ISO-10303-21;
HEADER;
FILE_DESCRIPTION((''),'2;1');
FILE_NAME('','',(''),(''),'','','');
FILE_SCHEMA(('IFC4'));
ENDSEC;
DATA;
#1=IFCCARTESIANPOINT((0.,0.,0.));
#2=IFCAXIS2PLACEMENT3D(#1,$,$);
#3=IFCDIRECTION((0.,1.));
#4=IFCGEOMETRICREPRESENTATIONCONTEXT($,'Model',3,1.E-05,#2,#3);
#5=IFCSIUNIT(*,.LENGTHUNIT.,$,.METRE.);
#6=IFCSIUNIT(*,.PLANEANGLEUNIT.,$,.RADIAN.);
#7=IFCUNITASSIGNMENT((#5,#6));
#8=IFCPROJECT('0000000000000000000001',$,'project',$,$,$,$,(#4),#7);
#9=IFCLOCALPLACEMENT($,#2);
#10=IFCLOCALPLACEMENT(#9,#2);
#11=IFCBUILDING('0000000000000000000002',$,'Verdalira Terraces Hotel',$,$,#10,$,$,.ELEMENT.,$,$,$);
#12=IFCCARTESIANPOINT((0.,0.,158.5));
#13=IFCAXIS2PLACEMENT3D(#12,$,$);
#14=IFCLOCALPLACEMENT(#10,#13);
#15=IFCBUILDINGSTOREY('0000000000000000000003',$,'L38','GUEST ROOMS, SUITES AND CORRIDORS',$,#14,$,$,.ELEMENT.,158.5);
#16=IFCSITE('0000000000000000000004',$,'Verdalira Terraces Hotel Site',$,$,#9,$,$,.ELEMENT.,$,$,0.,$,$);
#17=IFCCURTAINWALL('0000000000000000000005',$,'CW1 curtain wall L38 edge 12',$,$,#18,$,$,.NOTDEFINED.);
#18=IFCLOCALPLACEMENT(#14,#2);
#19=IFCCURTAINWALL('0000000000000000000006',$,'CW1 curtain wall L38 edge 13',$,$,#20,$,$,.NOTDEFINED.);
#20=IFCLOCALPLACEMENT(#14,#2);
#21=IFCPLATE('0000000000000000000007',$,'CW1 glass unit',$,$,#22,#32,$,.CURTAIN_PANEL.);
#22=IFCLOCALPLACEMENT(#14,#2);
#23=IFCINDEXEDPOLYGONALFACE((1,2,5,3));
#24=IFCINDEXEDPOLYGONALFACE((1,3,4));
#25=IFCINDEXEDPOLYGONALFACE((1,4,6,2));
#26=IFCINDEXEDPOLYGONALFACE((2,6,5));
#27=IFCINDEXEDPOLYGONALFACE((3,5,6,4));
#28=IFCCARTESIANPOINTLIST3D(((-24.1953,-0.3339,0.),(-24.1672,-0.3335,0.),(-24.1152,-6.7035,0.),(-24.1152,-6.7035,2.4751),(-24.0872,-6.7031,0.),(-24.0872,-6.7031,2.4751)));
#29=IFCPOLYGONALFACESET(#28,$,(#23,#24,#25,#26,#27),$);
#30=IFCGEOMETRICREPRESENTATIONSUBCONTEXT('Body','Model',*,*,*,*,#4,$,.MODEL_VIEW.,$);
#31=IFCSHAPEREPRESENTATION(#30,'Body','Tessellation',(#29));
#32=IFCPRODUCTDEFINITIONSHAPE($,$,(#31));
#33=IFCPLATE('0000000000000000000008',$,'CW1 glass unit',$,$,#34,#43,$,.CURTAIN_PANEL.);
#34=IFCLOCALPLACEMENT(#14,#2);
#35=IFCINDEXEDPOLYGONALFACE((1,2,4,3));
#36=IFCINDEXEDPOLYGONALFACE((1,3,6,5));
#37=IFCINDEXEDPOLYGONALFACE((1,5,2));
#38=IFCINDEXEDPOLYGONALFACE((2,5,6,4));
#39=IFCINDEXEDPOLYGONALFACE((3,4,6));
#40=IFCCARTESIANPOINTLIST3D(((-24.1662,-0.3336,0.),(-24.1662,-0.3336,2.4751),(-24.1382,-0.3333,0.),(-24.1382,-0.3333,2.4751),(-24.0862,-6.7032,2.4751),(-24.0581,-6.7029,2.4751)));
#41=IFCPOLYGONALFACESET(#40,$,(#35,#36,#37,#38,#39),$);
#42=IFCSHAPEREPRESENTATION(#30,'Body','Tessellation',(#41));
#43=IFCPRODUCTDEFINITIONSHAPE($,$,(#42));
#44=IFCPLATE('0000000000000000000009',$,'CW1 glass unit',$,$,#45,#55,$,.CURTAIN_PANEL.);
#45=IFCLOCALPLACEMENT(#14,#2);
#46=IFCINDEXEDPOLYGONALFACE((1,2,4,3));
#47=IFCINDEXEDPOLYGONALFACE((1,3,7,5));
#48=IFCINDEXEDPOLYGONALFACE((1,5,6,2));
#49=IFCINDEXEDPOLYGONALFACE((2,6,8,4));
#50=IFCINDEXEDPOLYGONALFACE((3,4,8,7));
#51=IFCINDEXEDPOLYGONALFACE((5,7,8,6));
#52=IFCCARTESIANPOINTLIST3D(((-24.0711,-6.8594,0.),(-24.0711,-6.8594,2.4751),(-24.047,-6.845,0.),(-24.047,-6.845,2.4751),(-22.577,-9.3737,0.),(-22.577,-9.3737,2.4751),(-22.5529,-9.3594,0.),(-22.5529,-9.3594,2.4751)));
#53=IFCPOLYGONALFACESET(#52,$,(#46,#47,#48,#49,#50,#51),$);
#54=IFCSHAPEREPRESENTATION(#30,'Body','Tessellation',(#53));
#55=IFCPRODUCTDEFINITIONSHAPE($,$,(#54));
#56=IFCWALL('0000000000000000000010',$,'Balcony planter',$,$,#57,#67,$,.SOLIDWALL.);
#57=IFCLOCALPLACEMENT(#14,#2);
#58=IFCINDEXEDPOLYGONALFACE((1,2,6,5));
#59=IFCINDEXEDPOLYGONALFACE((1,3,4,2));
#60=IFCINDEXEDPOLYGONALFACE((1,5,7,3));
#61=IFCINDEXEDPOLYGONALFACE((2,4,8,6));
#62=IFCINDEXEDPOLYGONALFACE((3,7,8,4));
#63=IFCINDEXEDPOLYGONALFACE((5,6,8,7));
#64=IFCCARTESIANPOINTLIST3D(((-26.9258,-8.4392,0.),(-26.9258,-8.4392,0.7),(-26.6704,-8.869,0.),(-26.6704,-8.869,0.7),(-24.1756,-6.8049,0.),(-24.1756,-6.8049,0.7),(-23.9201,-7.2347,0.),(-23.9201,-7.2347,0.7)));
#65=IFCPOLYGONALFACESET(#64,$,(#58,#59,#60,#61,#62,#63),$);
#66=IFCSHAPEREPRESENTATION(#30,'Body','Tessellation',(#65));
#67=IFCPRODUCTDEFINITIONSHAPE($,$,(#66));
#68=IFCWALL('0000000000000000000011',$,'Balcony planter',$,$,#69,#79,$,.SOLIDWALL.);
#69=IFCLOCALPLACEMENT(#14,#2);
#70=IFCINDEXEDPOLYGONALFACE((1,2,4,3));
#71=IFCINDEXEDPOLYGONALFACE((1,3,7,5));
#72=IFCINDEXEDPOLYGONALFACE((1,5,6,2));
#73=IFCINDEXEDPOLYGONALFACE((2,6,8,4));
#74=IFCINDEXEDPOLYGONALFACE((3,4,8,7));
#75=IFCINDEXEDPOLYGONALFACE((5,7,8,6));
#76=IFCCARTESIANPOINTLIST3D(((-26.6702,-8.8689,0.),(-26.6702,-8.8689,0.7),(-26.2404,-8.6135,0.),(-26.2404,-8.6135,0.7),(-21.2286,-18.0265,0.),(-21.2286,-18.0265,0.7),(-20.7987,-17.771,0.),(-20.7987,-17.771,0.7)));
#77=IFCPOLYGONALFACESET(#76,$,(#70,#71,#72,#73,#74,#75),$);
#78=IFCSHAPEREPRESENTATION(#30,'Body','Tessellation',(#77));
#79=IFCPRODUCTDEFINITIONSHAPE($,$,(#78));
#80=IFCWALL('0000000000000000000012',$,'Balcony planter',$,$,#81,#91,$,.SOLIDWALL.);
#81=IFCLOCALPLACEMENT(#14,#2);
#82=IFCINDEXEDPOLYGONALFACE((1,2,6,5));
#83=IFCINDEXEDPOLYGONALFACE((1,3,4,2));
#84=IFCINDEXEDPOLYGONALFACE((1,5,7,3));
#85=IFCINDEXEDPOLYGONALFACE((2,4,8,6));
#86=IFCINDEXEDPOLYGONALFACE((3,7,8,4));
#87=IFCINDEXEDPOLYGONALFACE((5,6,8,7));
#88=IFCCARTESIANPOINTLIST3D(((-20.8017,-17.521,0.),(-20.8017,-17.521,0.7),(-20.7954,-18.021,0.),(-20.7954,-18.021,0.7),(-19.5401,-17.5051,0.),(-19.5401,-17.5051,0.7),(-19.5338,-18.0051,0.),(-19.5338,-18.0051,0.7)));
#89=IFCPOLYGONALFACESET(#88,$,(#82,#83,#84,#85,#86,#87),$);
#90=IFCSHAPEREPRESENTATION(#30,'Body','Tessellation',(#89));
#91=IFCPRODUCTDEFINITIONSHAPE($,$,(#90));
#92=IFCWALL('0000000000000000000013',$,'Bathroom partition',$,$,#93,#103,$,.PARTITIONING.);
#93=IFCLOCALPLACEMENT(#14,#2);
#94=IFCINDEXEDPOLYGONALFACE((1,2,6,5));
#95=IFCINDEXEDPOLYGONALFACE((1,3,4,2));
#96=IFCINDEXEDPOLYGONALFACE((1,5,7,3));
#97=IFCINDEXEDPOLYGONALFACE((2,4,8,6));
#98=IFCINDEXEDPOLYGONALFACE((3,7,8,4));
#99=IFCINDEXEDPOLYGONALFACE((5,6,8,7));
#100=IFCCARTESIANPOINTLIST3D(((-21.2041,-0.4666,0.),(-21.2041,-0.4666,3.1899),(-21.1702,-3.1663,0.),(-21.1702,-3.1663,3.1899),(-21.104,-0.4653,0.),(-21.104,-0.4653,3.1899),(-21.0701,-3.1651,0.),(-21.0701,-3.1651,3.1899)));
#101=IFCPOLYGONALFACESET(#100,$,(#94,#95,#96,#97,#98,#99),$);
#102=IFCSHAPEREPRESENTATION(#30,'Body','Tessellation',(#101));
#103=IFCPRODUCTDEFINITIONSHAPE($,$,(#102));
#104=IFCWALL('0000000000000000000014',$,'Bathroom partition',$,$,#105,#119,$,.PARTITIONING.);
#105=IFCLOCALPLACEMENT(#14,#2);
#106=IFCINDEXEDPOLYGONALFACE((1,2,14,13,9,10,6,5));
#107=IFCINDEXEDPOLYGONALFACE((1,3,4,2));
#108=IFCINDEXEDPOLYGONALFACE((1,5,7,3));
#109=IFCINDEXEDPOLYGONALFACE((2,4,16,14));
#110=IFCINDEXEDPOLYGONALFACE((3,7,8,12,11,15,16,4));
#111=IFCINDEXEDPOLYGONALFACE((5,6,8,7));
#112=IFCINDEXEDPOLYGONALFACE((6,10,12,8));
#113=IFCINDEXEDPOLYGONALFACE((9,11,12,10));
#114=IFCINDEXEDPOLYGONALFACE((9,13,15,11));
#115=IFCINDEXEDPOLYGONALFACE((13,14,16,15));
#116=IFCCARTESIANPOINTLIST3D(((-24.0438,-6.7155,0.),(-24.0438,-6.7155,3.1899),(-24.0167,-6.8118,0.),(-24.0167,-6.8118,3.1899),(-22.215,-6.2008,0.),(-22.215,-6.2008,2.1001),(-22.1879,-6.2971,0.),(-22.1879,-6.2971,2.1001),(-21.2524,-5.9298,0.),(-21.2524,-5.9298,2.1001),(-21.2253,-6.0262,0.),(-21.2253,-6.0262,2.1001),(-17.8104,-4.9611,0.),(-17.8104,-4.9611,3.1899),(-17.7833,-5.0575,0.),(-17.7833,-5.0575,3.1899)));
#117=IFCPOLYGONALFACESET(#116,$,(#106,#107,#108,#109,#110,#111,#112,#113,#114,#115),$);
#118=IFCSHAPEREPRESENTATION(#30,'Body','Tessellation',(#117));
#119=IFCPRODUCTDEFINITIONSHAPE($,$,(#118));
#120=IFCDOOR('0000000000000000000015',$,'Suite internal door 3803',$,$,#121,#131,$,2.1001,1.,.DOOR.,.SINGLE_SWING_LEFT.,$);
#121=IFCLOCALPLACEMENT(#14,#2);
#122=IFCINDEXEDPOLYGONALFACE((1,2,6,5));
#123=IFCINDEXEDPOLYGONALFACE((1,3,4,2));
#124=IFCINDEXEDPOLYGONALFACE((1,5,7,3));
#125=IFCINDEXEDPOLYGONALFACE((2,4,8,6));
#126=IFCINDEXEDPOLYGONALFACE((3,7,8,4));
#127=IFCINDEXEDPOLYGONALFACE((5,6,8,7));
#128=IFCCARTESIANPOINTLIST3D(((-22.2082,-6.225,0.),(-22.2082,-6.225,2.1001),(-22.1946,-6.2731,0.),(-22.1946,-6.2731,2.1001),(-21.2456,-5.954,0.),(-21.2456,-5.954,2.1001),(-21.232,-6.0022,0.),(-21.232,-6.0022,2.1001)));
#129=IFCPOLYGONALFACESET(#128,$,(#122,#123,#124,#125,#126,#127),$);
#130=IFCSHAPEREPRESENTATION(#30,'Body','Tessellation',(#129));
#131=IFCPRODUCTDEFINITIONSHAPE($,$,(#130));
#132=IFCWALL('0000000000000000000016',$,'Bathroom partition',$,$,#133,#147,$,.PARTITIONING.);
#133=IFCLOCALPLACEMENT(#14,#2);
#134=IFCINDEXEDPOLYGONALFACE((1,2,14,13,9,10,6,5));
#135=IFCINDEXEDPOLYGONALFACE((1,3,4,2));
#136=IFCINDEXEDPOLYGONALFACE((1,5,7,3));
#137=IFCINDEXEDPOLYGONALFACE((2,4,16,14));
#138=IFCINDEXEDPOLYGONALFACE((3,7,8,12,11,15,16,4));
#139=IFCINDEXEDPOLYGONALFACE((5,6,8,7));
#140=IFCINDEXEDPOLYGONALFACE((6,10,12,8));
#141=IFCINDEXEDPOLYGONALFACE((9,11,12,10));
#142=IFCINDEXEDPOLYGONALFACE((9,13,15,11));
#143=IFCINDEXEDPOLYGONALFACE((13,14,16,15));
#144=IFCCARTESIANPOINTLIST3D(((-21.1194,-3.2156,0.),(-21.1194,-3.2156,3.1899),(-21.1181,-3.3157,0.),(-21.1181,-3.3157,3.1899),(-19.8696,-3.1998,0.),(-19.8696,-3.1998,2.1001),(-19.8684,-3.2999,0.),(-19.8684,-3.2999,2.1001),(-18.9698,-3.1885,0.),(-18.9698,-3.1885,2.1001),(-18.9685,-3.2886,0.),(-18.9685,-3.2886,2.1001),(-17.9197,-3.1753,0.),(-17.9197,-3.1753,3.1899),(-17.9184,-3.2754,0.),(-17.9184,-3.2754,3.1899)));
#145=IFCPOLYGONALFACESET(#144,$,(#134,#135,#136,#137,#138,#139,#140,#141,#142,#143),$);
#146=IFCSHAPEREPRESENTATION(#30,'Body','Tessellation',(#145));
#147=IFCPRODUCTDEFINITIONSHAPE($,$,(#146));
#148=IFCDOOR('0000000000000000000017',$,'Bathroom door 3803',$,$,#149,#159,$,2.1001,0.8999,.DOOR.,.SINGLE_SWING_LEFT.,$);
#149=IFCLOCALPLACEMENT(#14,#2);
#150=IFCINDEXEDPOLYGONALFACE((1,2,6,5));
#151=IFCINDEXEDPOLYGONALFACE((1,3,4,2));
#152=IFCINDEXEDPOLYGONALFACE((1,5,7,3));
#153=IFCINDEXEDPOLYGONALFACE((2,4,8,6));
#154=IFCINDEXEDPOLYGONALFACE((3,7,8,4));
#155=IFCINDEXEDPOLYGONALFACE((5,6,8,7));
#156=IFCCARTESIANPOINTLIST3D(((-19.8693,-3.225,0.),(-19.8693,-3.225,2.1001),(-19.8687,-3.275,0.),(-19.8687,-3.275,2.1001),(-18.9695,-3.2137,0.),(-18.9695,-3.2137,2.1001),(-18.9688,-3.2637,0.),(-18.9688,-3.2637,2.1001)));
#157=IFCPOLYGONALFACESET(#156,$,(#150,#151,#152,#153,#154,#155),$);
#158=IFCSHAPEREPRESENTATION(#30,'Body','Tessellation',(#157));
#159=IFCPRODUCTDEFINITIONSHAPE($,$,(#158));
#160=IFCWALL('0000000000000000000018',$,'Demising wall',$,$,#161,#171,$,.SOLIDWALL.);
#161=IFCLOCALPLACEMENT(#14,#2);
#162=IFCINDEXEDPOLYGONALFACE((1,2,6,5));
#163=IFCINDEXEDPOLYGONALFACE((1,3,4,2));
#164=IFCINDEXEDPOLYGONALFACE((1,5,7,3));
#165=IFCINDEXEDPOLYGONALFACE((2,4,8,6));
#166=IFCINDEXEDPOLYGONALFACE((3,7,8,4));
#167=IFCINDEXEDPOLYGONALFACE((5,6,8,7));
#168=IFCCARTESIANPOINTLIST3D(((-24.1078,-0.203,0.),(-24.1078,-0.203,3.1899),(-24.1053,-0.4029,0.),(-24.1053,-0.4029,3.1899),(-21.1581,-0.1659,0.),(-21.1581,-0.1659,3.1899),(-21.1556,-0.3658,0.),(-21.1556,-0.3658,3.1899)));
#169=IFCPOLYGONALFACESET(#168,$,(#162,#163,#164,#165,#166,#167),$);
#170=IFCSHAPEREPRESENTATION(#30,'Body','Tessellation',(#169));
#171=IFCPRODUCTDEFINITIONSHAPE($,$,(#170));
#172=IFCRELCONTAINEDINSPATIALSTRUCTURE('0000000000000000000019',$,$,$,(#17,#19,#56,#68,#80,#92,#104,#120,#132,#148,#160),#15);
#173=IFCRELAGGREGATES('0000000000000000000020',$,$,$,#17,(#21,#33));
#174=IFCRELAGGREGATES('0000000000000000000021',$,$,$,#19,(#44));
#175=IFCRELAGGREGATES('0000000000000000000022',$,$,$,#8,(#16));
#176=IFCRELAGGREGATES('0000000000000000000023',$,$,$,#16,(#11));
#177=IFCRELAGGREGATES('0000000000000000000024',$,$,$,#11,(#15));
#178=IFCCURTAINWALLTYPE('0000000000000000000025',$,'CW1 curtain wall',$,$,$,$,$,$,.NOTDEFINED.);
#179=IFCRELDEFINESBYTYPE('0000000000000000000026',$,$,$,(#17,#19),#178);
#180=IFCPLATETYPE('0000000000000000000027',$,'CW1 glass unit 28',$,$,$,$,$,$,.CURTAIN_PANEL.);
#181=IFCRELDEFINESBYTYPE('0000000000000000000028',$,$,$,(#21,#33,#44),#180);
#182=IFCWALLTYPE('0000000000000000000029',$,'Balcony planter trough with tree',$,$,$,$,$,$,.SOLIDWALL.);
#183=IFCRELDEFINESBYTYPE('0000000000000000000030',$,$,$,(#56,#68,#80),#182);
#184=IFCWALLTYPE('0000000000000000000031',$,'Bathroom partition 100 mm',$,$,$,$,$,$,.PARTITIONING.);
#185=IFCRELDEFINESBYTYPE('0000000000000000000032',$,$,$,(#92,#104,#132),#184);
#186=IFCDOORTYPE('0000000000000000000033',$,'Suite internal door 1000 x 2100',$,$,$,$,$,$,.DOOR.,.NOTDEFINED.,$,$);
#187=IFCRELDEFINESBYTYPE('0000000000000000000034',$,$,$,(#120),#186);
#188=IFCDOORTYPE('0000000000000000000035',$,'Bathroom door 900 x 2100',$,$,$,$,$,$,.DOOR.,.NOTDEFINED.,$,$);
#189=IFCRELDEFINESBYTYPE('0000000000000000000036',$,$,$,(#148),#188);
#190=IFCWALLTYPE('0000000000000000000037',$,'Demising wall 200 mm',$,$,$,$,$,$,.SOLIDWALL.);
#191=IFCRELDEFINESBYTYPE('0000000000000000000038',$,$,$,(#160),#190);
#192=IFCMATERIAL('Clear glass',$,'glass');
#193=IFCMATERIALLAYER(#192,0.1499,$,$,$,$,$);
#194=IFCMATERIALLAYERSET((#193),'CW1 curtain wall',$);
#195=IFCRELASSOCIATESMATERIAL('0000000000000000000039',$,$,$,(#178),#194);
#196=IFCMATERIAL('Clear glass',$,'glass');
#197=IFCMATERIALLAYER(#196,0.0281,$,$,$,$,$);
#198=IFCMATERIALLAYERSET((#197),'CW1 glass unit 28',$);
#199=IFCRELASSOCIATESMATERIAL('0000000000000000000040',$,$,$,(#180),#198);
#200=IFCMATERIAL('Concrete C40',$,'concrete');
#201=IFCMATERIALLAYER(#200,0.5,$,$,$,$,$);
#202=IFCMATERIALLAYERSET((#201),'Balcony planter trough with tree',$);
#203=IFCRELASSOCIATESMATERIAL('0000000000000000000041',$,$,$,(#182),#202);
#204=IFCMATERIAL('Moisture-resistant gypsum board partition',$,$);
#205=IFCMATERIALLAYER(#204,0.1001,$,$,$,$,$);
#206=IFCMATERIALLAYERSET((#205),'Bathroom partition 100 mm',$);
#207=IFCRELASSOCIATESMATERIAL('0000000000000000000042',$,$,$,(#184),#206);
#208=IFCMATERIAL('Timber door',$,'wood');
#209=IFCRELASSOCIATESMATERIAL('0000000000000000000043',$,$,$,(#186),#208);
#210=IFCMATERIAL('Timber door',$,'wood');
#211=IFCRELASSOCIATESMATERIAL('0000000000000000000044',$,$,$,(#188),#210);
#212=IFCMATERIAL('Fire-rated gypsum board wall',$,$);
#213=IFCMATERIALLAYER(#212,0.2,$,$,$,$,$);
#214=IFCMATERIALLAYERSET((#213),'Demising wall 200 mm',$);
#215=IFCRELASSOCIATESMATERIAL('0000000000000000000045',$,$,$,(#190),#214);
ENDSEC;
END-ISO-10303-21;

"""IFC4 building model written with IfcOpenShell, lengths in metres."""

from ifc_helpers import new_model, si_unit, direction, frame, frame_2d, origin, origin_2d, place, context, subcontext, project, spatial, polyline, rectangle, outline, extrude, material, layer, layer_set, type_object, element, fill, aggregate, save


model = new_model("IFC4")

# Units and contexts
model_context = context("Model", 3, precision=1e-05, world=origin(), true_north=direction((0.0, 1.0)))
body_context = subcontext(model_context, "Body", "Model", "MODEL_VIEW")
ifc_project = project(units=[si_unit("LENGTHUNIT", "METRE"), si_unit("PLANEANGLEUNIT", "RADIAN")], contexts=[model_context])

# Site, building, storey
site_placement = place(None, origin())
site = spatial("IfcSite", under=ifc_project, at=site_placement, Name="Verdalira Terraces Hotel Site", CompositionType="ELEMENT", RefElevation=0.0)
building_placement = place(site_placement, origin())
building = spatial("IfcBuilding", under=site, at=building_placement, Name="Verdalira Terraces Hotel", CompositionType="ELEMENT")
storey_placement = place(building_placement, frame((0.0, 0.0, 158.5)))
storey = spatial("IfcBuildingStorey", under=building, at=storey_placement, Name="L38", Description="GUEST ROOMS, SUITES AND CORRIDORS", CompositionType="ELEMENT", Elevation=158.5)

# Curtain walls
ifc_material_1 = material(Name="Clear glass", Category="glass")
ifc_layer_1 = layer(ifc_material_1, 0.1499)
ifc_layer_set_1 = layer_set([ifc_layer_1], Name="CW1 curtain wall")
curtain_wall_type = type_object("IfcCurtainWallType", Name="CW1 curtain wall", PredefinedType="NOTDEFINED", material=ifc_layer_set_1)
curtain_wall_1_placement = place(storey_placement, origin())
curtain_wall_1 = element("IfcCurtainWall", 1, at=curtain_wall_1_placement, inside=storey, type_object=curtain_wall_type, Name="CW1 curtain wall L38 edge 12", PredefinedType="NOTDEFINED")
curtain_wall_2_placement = place(storey_placement, origin())
curtain_wall_2 = element("IfcCurtainWall", 2, at=curtain_wall_2_placement, inside=storey, type_object=curtain_wall_type, Name="CW1 curtain wall L38 edge 13", PredefinedType="NOTDEFINED")

# Plates
ifc_material_2 = material(Name="Clear glass", Category="glass")
ifc_layer_2 = layer(ifc_material_2, 0.0281)
ifc_layer_set_2 = layer_set([ifc_layer_2], Name="CW1 glass unit 28")
plate_type = type_object("IfcPlateType", Name="CW1 glass unit 28", PredefinedType="CURTAIN_PANEL", material=ifc_layer_set_2)
plate_1_placement = place(storey_placement, frame((-24.1272, -3.5183, 1.2375), z_axis=(-0.999921, -0.012566, 0.0), x_axis=(0.012566, -0.999921, 0.0)))
plate_1 = element("IfcPlate", 3, at=plate_1_placement, type_object=plate_type, Name="CW1 glass unit", PredefinedType="CURTAIN_PANEL", context=body_context, shape_type="SweptSolid", body=[
    extrude(outline(polyline([(-3.1851, -1.2375), (3.1851, -1.2375), (3.1851, 1.2375), (-3.1851, -1.2375)])), origin(), (0.0, 0.0, 1.0), 0.0281),
])
plate_2_placement = place(storey_placement, frame((-24.0981, -3.5181, 1.2375), z_axis=(-0.999921, -0.012566, 0.0), x_axis=(0.012566, -0.999921, 0.0)))
plate_2 = element("IfcPlate", 4, at=plate_2_placement, type_object=plate_type, Name="CW1 glass unit", PredefinedType="CURTAIN_PANEL", context=body_context, shape_type="SweptSolid", body=[
    extrude(outline(polyline([(-3.1851, -1.2375), (3.1851, 1.2375), (-3.1851, 1.2375), (-3.1851, -1.2375)])), origin(), (0.0, 0.0, 1.0), 0.0281),
])
aggregate(curtain_wall_1, [plate_1, plate_2])
plate_3_placement = place(storey_placement, frame((-23.312, -8.1094, 0.0), z_axis=(0.0, 0.0, 1.0), x_axis=(0.510843, -0.859674, 0.0)))
plate_3 = element("IfcPlate", 5, at=plate_3_placement, type_object=plate_type, Name="CW1 glass unit", PredefinedType="CURTAIN_PANEL", context=body_context, shape_type="SweptSolid", body=[
    extrude(rectangle(XDim=2.9248, YDim=0.0281, at=origin_2d()), origin(), (0.0, 0.0, 1.0), 2.4751),
])
aggregate(curtain_wall_2, [plate_3])

# Walls
ifc_material_3 = material(Name="Concrete C40", Category="concrete")
ifc_layer_3 = layer(ifc_material_3, 0.5)
ifc_layer_set_3 = layer_set([ifc_layer_3], Name="Balcony planter trough with tree")
wall_type_1 = type_object("IfcWallType", Name="Balcony planter trough with tree", PredefinedType="SOLIDWALL", material=ifc_layer_set_3)
wall_1_placement = place(storey_placement, frame((-24.0479, -7.0198, 0.0), z_axis=(0.0, 0.0, 1.0), x_axis=(-0.859674, -0.510844, 0.0)))
element("IfcWall", 6, at=wall_1_placement, inside=storey, type_object=wall_type_1, Name="Balcony planter", PredefinedType="SOLIDWALL", context=body_context, shape_type="SweptSolid", body=[
    extrude(rectangle(XDim=3.1992, YDim=0.5, at=frame_2d((1.5996, 0.0))), origin(), (0.0, 0.0, 1.0), 0.7),
])
wall_2_placement = place(storey_placement, frame((-26.4553, -8.7412, 0.0), z_axis=(0.0, 0.0, 1.0), x_axis=(0.510844, -0.859673, 0.0)))
element("IfcWall", 7, at=wall_2_placement, inside=storey, type_object=wall_type_1, Name="Balcony planter", PredefinedType="SOLIDWALL", context=body_context, shape_type="SweptSolid", body=[
    extrude(rectangle(XDim=10.6523, YDim=0.5, at=frame_2d((5.3262, 0.0))), origin(), (0.0, 0.0, 1.0), 0.7),
])
wall_3_placement = place(storey_placement, frame((-20.7986, -17.771, 0.0), z_axis=(0.0, 0.0, 1.0), x_axis=(0.999921, 0.012576, 0.0)))
element("IfcWall", 8, at=wall_3_placement, inside=storey, type_object=wall_type_1, Name="Balcony planter", PredefinedType="SOLIDWALL", context=body_context, shape_type="SweptSolid", body=[
    extrude(rectangle(XDim=1.2617, YDim=0.5, at=frame_2d((0.6309, 0.0))), origin(), (0.0, 0.0, 1.0), 0.7),
])
ifc_material_4 = material(Name="Moisture-resistant gypsum board partition")
ifc_layer_4 = layer(ifc_material_4, 0.1001)
ifc_layer_set_4 = layer_set([ifc_layer_4], Name="Bathroom partition 100 mm")
wall_type_2 = type_object("IfcWallType", Name="Bathroom partition 100 mm", PredefinedType="PARTITIONING", material=ifc_layer_set_4)
wall_4_placement = place(storey_placement, frame((-21.1541, -0.4658, 0.0), z_axis=(0.0, 0.0, 1.0), x_axis=(0.012569, -0.999921, 0.0)))
element("IfcWall", 9, at=wall_4_placement, inside=storey, type_object=wall_type_2, Name="Bathroom partition", PredefinedType="PARTITIONING", context=body_context, shape_type="SweptSolid", body=[
    extrude(rectangle(XDim=2.7, YDim=0.1001, at=frame_2d((1.3501, 0.0))), origin(), (0.0, 0.0, 1.0), 3.1899),
])

# Walls, openings, doors
wall_5_placement = place(storey_placement, frame((-24.0303, -6.7637, 0.0), z_axis=(0.0, 0.0, 1.0), x_axis=(0.962601, 0.270925, 0.0)))
wall_5 = element("IfcWall", 10, at=wall_5_placement, inside=storey, type_object=wall_type_2, Name="Bathroom partition", PredefinedType="PARTITIONING", context=body_context, shape_type="SweptSolid", body=[
    extrude(rectangle(XDim=6.4756, YDim=0.1001, at=frame_2d((3.2378, 0.0))), origin(), (0.0, 0.0, 1.0), 3.1899),
])
opening_1_placement = place(wall_5_placement, frame((1.8999, 0.0, 0.0)))
opening_1 = element("IfcOpeningElement", 11, at=opening_1_placement, cuts=wall_5, PredefinedType="OPENING", context=body_context, shape_type="SweptSolid", body=[
    extrude(rectangle(XDim=1.0, YDim=2.1001, at=frame_2d((0.5, 1.05))), frame((0.0, 0.0601, 0.0), z_axis=(0.0, -1.0, 0.0), x_axis=(1.0, 0.0, 0.0)), (0.0, 0.0, 1.0), 0.1201),
])
ifc_material_5 = material(Name="Timber door", Category="wood")
door_type_1 = type_object("IfcDoorType", Name="Suite internal door 1000 x 2100", OperationType="NOTDEFINED", PredefinedType="DOOR", material=ifc_material_5)
door_1_placement = place(opening_1_placement, origin())
door_1 = element("IfcDoor", 12, at=door_1_placement, inside=storey, type_object=door_type_1, Name="Suite internal door 3803", OperationType="SINGLE_SWING_LEFT", OverallHeight=2.1001, OverallWidth=1.0, PredefinedType="DOOR", context=body_context, shape_type="SweptSolid", body=[
    extrude(rectangle(XDim=1.0, YDim=2.1001, at=frame_2d((0.5, 1.05))), frame((0.0, 0.0249, 0.0), z_axis=(0.0, -1.0, 0.0), x_axis=(1.0, 0.0, 0.0)), (0.0, 0.0, 1.0), 0.05),
])
fill(opening_1, door_1)
wall_6_placement = place(storey_placement, frame((-21.1189, -3.2656, 0.0), z_axis=(0.0, 0.0, 1.0), x_axis=(0.999921, 0.012589, 0.0)))
wall_6 = element("IfcWall", 13, at=wall_6_placement, inside=storey, type_object=wall_type_2, Name="Bathroom partition", PredefinedType="PARTITIONING", context=body_context, shape_type="SweptSolid", body=[
    extrude(rectangle(XDim=3.2, YDim=0.1001, at=frame_2d((1.6001, 0.0))), origin(), (0.0, 0.0, 1.0), 3.1899),
])
opening_2_placement = place(wall_6_placement, frame((1.25, 0.0, 0.0)))
opening_2 = element("IfcOpeningElement", 14, at=opening_2_placement, cuts=wall_6, PredefinedType="OPENING", context=body_context, shape_type="SweptSolid", body=[
    extrude(rectangle(XDim=0.8999, YDim=2.1001, at=frame_2d((0.45, 1.05))), frame((0.0, 0.0601, 0.0), z_axis=(0.0, -1.0, 0.0), x_axis=(1.0, 0.0, 0.0)), (0.0, 0.0, 1.0), 0.1201),
])
ifc_material_6 = material(Name="Timber door", Category="wood")
door_type_2 = type_object("IfcDoorType", Name="Bathroom door 900 x 2100", OperationType="NOTDEFINED", PredefinedType="DOOR", material=ifc_material_6)
door_2_placement = place(opening_2_placement, origin())
door_2 = element("IfcDoor", 15, at=door_2_placement, inside=storey, type_object=door_type_2, Name="Bathroom door 3803", OperationType="SINGLE_SWING_LEFT", OverallHeight=2.1001, OverallWidth=0.8999, PredefinedType="DOOR", context=body_context, shape_type="SweptSolid", body=[
    extrude(rectangle(XDim=0.8999, YDim=2.1001, at=frame_2d((0.45, 1.05))), frame((0.0, 0.0249, 0.0), z_axis=(0.0, -1.0, 0.0), x_axis=(1.0, 0.0, 0.0)), (0.0, 0.0, 1.0), 0.05),
])
fill(opening_2, door_2)

# Wall
ifc_material_7 = material(Name="Fire-rated gypsum board wall")
ifc_layer_5 = layer(ifc_material_7, 0.2)
ifc_layer_set_5 = layer_set([ifc_layer_5], Name="Demising wall 200 mm")
wall_type_3 = type_object("IfcWallType", Name="Demising wall 200 mm", PredefinedType="SOLIDWALL", material=ifc_layer_set_5)
wall_7_placement = place(storey_placement, frame((-21.1567, -0.2659, 0.0), z_axis=(0.0, 0.0, 1.0), x_axis=(-0.999921, -0.01258, 0.0)))
element("IfcWall", 16, at=wall_7_placement, inside=storey, type_object=wall_type_3, Name="Demising wall", PredefinedType="SOLIDWALL", context=body_context, shape_type="SweptSolid", body=[
    extrude(rectangle(XDim=2.95, YDim=0.2, at=frame_2d((1.4751, 0.0))), origin(), (0.0, 0.0, 1.0), 3.1899),
])

save(model, "model.ifc")
